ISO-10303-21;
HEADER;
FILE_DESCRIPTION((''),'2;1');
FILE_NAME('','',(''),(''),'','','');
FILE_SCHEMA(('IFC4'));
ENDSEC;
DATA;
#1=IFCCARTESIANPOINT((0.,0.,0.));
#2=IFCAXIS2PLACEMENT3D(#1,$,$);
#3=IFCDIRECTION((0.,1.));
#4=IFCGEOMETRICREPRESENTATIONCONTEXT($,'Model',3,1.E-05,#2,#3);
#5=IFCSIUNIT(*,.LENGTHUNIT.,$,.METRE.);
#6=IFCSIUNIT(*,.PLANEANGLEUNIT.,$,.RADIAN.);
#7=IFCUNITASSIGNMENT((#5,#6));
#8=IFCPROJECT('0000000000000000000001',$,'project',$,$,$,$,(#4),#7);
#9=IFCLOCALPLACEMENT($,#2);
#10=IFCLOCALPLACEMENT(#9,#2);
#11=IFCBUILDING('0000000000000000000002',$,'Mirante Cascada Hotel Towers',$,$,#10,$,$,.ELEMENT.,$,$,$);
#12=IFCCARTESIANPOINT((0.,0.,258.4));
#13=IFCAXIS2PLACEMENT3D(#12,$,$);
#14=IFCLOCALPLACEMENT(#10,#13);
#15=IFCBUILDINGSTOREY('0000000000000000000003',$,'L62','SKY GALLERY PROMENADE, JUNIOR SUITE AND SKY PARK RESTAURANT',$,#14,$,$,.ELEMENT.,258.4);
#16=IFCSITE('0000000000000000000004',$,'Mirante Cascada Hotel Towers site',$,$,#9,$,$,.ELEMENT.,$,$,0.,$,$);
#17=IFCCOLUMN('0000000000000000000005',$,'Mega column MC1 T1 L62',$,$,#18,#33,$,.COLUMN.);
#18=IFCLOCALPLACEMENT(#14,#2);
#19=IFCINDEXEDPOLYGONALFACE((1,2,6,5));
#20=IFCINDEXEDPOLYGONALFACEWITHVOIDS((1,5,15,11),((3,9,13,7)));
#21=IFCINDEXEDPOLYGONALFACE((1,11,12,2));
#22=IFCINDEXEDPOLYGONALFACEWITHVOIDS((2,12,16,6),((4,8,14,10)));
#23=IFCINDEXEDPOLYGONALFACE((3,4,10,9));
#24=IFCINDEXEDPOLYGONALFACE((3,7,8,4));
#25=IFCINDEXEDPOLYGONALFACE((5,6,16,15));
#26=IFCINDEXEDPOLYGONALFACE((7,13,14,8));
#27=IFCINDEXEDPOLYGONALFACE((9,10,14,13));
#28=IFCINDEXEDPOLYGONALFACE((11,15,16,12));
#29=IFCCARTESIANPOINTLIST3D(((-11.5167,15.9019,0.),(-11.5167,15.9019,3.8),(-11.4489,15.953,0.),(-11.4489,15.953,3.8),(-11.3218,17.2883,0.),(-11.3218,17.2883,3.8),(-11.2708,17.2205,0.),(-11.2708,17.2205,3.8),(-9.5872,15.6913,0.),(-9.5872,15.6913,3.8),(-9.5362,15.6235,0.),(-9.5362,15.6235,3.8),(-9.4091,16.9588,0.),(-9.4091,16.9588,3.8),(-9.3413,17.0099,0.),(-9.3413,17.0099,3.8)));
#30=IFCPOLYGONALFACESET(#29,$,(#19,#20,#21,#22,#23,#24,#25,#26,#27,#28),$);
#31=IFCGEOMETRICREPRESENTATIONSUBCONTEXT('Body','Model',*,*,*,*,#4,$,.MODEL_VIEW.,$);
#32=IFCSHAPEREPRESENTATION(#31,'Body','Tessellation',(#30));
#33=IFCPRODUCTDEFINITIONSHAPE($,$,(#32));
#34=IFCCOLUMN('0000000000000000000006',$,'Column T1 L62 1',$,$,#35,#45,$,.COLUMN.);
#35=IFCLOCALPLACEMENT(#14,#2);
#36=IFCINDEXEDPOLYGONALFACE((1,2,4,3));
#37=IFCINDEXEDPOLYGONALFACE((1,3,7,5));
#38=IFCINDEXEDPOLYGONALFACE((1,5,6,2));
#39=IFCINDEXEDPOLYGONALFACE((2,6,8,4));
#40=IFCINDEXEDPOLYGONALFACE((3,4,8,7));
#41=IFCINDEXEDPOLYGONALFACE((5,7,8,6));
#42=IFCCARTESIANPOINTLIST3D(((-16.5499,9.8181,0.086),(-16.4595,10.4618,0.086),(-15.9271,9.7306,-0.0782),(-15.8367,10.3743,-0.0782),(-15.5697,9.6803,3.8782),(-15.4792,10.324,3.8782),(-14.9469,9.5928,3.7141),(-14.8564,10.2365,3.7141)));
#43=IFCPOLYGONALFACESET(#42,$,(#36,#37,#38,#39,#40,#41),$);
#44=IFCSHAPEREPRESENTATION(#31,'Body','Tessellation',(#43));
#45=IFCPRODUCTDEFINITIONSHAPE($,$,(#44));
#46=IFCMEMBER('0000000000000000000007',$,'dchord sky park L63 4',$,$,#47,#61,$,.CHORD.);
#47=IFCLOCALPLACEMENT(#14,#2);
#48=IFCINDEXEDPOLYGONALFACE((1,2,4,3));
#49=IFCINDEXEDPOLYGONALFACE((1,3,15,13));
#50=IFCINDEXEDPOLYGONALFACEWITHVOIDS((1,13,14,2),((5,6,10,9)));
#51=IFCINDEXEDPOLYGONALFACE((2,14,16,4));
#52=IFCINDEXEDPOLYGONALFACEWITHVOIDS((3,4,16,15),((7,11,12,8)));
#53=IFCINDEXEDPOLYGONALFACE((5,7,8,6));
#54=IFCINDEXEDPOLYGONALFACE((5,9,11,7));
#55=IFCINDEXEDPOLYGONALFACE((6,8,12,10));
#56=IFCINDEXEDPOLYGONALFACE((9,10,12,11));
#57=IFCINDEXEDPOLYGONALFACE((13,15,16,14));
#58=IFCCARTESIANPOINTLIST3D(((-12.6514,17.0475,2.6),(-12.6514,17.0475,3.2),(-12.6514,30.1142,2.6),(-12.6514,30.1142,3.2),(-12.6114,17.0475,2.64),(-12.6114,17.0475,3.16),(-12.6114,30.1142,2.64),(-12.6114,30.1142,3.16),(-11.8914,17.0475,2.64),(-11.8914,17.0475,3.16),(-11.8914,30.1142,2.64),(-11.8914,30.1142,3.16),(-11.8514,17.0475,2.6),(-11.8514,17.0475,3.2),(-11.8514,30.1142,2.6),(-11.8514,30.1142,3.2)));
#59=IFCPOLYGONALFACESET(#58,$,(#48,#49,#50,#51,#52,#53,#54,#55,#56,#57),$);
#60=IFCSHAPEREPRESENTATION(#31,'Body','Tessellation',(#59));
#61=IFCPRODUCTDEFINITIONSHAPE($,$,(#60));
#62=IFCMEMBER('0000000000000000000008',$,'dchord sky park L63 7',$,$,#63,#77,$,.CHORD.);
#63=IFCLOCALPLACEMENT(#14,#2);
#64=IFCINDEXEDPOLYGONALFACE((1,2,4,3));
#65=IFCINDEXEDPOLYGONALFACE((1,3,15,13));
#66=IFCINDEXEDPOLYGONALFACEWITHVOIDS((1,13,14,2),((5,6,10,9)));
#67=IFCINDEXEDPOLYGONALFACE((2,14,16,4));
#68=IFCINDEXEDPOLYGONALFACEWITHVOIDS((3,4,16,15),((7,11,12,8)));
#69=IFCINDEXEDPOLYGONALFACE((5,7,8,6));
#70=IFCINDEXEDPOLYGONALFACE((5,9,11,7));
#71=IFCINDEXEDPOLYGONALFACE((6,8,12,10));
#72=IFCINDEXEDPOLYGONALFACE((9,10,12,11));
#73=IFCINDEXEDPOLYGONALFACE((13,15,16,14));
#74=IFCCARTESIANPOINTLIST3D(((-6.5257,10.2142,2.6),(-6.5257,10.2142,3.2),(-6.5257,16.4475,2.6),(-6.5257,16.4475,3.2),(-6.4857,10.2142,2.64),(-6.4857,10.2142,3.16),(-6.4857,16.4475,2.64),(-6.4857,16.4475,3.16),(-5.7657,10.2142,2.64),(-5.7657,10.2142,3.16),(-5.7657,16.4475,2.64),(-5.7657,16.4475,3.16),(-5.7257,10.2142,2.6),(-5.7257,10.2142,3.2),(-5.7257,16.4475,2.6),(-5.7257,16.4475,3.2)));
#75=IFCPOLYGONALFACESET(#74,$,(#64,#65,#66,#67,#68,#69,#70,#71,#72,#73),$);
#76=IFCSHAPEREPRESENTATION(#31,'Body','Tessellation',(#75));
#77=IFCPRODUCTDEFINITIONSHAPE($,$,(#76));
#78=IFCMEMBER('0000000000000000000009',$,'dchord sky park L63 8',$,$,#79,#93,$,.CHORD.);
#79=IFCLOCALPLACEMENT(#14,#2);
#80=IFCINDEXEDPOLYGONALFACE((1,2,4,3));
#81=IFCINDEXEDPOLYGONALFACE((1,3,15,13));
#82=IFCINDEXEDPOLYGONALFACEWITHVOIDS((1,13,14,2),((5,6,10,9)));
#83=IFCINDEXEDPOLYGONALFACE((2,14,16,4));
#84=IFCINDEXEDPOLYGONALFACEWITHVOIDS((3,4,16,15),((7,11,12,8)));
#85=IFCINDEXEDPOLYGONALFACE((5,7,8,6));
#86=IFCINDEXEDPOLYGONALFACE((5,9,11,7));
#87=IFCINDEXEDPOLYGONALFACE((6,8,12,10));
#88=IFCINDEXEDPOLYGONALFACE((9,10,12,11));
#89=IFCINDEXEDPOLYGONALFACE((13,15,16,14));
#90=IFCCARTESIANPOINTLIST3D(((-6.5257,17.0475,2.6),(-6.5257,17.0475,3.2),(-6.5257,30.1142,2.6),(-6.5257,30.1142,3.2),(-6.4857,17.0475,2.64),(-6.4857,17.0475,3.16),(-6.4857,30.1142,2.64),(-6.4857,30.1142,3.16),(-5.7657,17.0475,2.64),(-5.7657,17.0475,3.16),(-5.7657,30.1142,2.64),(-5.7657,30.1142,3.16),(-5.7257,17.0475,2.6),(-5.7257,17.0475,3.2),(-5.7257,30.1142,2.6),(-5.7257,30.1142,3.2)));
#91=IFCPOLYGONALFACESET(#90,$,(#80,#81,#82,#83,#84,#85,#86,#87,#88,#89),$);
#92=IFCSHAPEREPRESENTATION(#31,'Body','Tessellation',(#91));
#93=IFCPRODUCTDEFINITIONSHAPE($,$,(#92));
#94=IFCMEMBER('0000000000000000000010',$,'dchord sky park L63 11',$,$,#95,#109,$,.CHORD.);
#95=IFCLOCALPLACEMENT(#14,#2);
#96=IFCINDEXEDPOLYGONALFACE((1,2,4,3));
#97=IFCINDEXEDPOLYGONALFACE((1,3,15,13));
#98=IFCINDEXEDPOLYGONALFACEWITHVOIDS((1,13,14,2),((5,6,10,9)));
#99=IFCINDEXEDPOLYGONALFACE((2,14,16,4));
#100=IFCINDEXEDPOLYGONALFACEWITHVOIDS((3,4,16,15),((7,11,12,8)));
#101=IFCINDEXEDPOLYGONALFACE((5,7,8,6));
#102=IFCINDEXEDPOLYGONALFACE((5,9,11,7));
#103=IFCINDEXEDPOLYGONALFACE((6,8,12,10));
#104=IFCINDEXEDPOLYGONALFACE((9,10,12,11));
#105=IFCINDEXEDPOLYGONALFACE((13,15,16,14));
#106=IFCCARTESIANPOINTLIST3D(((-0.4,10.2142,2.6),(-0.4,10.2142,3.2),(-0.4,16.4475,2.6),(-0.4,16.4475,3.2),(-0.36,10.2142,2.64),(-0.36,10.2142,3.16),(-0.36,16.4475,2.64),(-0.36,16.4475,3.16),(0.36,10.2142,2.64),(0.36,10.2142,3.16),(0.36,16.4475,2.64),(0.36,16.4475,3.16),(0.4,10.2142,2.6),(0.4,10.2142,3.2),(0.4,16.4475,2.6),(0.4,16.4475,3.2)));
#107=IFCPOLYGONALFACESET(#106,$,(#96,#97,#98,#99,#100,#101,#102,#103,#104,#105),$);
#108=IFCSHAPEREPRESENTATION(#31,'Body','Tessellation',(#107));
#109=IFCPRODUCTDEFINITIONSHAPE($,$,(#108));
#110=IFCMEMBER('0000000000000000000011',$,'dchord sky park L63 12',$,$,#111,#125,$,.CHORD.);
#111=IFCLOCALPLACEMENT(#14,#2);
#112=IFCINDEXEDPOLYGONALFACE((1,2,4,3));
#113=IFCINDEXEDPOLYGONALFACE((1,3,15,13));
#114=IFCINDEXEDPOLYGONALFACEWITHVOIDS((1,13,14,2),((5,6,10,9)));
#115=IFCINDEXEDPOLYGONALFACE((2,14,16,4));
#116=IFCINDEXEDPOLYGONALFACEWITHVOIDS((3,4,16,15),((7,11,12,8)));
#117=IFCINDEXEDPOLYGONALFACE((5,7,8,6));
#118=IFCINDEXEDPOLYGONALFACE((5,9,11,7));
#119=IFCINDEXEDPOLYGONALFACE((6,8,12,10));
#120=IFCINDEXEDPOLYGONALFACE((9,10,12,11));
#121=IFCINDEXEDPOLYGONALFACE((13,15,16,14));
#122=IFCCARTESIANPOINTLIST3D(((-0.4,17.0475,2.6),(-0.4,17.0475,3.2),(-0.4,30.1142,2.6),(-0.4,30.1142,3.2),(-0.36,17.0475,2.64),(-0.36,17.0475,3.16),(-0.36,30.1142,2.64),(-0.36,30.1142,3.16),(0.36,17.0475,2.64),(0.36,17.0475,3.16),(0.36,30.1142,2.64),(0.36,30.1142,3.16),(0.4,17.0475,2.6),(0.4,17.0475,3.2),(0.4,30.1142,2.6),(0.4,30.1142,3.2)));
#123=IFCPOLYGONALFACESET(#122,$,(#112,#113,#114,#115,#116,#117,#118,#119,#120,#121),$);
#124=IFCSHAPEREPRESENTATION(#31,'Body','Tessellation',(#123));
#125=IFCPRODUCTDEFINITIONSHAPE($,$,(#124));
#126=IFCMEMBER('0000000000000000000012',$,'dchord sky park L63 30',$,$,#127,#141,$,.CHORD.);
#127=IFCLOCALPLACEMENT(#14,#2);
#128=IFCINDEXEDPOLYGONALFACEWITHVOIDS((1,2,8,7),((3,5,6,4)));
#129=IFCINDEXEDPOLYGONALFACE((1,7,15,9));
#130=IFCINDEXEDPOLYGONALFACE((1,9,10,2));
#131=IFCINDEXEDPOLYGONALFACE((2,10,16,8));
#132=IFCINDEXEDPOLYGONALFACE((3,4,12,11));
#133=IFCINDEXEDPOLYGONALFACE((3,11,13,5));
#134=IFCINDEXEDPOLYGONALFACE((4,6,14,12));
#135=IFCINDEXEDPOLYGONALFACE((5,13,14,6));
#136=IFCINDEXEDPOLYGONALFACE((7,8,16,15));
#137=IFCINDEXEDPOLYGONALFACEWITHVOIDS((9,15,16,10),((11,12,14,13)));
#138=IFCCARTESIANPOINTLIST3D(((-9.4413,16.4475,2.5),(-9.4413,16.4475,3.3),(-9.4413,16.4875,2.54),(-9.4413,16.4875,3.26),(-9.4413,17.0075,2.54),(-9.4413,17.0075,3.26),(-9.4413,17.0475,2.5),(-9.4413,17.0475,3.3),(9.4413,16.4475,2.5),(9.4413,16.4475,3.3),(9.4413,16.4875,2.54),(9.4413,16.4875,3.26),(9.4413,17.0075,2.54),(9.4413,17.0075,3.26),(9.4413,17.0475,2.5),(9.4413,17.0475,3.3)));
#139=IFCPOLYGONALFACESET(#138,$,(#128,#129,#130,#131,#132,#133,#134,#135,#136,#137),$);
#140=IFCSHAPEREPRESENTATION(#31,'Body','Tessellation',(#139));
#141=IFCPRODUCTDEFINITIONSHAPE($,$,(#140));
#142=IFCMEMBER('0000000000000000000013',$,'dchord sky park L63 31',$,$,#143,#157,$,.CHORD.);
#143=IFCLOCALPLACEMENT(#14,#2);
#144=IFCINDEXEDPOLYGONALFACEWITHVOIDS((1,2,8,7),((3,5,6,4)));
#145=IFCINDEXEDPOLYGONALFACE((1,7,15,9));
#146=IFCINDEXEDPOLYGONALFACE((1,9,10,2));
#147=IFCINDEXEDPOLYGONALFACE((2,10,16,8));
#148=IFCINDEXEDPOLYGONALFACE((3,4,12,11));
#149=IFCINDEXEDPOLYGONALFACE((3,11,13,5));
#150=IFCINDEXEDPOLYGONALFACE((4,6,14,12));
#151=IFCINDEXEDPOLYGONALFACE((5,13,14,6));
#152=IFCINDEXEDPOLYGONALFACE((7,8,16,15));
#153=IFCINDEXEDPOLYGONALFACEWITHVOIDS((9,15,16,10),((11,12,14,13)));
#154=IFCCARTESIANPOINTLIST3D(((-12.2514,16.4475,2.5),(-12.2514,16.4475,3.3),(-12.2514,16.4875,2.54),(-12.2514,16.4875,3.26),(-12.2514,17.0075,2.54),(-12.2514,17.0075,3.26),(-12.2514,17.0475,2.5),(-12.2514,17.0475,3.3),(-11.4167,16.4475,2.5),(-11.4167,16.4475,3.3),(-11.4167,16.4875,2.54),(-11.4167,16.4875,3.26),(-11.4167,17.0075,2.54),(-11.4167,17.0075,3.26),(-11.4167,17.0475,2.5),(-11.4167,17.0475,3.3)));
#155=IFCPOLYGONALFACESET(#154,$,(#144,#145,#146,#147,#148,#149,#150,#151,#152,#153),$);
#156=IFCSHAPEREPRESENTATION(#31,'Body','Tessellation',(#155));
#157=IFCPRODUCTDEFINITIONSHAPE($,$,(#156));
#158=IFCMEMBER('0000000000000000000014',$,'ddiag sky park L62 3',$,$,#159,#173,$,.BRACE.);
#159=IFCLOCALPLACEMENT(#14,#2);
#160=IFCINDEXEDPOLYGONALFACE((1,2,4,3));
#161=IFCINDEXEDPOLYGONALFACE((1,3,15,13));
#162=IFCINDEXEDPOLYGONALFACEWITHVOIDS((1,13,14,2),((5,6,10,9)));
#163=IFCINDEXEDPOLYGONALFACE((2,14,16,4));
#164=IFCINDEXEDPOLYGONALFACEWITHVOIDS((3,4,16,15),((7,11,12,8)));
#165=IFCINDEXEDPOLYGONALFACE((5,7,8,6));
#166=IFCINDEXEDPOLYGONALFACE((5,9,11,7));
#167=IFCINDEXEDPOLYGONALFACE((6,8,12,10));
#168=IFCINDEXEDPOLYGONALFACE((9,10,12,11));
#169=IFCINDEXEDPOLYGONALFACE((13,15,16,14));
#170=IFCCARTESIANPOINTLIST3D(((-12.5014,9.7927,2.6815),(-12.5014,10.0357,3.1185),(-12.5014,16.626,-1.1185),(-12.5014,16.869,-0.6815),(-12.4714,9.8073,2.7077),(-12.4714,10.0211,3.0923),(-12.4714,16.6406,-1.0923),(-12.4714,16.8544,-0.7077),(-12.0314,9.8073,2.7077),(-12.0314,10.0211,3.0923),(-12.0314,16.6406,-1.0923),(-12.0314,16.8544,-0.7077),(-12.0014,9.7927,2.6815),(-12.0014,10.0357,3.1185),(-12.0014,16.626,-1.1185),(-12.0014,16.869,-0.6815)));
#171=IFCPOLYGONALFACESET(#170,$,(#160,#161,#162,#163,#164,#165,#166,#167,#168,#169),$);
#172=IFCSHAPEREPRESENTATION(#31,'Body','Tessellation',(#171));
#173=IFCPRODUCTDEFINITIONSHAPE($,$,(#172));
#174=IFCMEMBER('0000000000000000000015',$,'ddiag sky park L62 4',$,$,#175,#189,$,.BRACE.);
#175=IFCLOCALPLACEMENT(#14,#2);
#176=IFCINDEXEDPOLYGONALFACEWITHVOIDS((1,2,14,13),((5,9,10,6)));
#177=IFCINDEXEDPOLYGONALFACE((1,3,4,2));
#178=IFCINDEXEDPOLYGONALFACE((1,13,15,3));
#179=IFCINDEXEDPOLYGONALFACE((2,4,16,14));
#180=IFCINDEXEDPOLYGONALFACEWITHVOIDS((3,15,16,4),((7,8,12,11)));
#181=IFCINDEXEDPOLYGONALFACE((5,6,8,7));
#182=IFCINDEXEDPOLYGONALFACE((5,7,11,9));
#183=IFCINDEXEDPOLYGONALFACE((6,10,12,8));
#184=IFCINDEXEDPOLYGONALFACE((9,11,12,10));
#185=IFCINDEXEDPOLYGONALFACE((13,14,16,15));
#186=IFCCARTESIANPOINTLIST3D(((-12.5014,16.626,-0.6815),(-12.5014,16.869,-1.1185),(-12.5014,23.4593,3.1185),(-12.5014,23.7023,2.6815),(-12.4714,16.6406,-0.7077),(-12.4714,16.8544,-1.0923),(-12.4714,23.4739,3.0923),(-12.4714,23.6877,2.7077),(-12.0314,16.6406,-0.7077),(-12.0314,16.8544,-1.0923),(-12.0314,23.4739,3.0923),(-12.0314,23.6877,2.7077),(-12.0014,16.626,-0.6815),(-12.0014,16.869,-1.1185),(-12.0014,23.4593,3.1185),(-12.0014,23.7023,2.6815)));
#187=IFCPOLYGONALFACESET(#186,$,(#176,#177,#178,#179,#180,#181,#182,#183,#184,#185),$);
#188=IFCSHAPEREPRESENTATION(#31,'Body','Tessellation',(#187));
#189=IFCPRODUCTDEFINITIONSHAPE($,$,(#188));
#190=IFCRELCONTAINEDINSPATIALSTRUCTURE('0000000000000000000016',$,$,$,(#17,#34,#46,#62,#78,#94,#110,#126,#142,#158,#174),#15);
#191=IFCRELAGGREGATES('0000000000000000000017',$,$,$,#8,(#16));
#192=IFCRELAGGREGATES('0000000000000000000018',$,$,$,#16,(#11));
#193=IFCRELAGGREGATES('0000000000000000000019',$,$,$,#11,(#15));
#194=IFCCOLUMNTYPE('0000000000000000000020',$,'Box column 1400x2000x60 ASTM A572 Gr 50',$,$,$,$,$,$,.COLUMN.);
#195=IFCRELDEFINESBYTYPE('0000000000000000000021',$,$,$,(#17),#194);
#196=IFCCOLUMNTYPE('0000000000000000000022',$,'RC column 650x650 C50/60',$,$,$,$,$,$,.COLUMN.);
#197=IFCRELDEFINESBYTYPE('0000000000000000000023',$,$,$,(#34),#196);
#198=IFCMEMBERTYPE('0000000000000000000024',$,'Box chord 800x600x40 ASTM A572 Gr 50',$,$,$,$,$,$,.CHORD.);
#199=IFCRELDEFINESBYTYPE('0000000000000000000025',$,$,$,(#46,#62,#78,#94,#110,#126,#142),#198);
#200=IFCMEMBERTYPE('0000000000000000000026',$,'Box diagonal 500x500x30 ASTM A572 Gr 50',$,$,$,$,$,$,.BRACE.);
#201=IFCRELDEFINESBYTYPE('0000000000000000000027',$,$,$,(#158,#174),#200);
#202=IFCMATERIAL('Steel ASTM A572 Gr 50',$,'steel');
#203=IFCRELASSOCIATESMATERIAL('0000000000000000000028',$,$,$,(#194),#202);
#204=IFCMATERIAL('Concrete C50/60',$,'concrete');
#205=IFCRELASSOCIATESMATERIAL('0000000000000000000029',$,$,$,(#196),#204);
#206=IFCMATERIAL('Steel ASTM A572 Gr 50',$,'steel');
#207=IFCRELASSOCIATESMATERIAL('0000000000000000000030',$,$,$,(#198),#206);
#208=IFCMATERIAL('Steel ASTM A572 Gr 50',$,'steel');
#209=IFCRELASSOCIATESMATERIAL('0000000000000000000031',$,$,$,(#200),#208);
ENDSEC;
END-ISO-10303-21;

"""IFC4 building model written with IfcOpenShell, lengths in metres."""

from ifc_helpers import new_model, si_unit, direction, frame, origin, origin_2d, place, context, subcontext, project, spatial, rectangle, hollow_rectangle, extrude, material, material_profile, profile_set, type_object, element, save


model = new_model("IFC4")

# Units and contexts
model_context = context("Model", 3, precision=1e-05, world=origin(), true_north=direction((0.0, 1.0)))
body_context = subcontext(model_context, "Body", "Model", "MODEL_VIEW")
ifc_project = project(units=[si_unit("LENGTHUNIT", "METRE"), si_unit("PLANEANGLEUNIT", "RADIAN")], contexts=[model_context])

# Site, building, storey
site_placement = place(None, origin())
site = spatial("IfcSite", under=ifc_project, at=site_placement, Name="Mirante Cascada Hotel Towers site", CompositionType="ELEMENT", RefElevation=0.0)
building_placement = place(site_placement, origin())
building = spatial("IfcBuilding", under=site, at=building_placement, Name="Mirante Cascada Hotel Towers", CompositionType="ELEMENT")
storey_placement = place(building_placement, frame((0.0, 0.0, 258.4)))
storey = spatial("IfcBuildingStorey", under=building, at=storey_placement, Name="L62", Description="SKY GALLERY PROMENADE, JUNIOR SUITE AND SKY PARK RESTAURANT", CompositionType="ELEMENT", Elevation=258.4)

# Columns
ifc_material_1 = material(Name="Steel ASTM A572 Gr 50", Category="steel")
ifc_material_profile_1 = material_profile(ifc_material_1, hollow_rectangle(XDim=2.0, YDim=1.4, WallThickness=0.06, at=origin_2d()), Name="Box column 1400x2000x60 ASTM A572 Gr 50")
ifc_profile_set_1 = profile_set([ifc_material_profile_1], Name="Steel ASTM A572 Gr 50")
column_type_1 = type_object("IfcColumnType", Name="Box column 1400x2000x60 ASTM A572 Gr 50", PredefinedType="COLUMN", material=ifc_profile_set_1)
column_1_placement = place(storey_placement, frame((-10.429, 16.4559, 0.0), z_axis=(0.0, 0.0, 1.0), x_axis=(-0.990268, 0.139173, 0.0)))
element("IfcColumn", 1, at=column_1_placement, inside=storey, type_object=column_type_1, Name="Mega column MC1 T1 L62", PredefinedType="COLUMN", context=body_context, shape_type="SweptSolid", body=[
    extrude(hollow_rectangle(XDim=2.0, YDim=1.4, WallThickness=0.06, at=origin_2d()), origin(), (0.0, 0.0, 1.0), 3.8),
])
ifc_material_2 = material(Name="Concrete C50/60", Category="concrete")
ifc_material_profile_2 = material_profile(ifc_material_2, rectangle(XDim=0.65, YDim=0.65, at=origin_2d()), Name="RC column 650x650 C50/60")
ifc_profile_set_2 = profile_set([ifc_material_profile_2], Name="Concrete C50/60")
column_type_2 = type_object("IfcColumnType", Name="RC column 650x650 C50/60", PredefinedType="COLUMN", material=ifc_profile_set_2)
column_2_placement = place(storey_placement, frame((-16.1933, 10.0962, 0.0039), z_axis=(0.250099, -0.03516, 0.967582), x_axis=(0.139215, 0.990262, 0.0)))
element("IfcColumn", 2, at=column_2_placement, inside=storey, type_object=column_type_2, Name="Column T1 L62 1", PredefinedType="COLUMN", context=body_context, shape_type="SweptSolid", body=[
    extrude(rectangle(XDim=0.65, YDim=0.65, at=origin_2d()), origin(), (0.0, 0.0, 1.0), 3.9193),
])

# Members
ifc_material_3 = material(Name="Steel ASTM A572 Gr 50", Category="steel")
ifc_material_profile_3 = material_profile(ifc_material_3, hollow_rectangle(XDim=0.6, YDim=0.8, WallThickness=0.04, at=origin_2d()), Name="Box chord 800x600x40 ASTM A572 Gr 50")
ifc_profile_set_3 = profile_set([ifc_material_profile_3], Name="Steel ASTM A572 Gr 50")
member_type_1 = type_object("IfcMemberType", Name="Box chord 800x600x40 ASTM A572 Gr 50", PredefinedType="CHORD", material=ifc_profile_set_3)
member_1_placement = place(storey_placement, frame((-12.2514, 17.0475, 2.9), z_axis=(0.0, 1.0, 0.0), x_axis=(0.0, 0.0, 1.0)))
element("IfcMember", 3, at=member_1_placement, inside=storey, type_object=member_type_1, Name="dchord sky park L63 4", PredefinedType="CHORD", context=body_context, shape_type="SweptSolid", body=[
    extrude(hollow_rectangle(XDim=0.6, YDim=0.8, WallThickness=0.04, at=origin_2d()), origin(), (0.0, 0.0, 1.0), 13.0667),
])
member_2_placement = place(storey_placement, frame((-6.1257, 10.2142, 2.9), z_axis=(0.0, 1.0, 0.0), x_axis=(0.0, 0.0, 1.0)))
element("IfcMember", 4, at=member_2_placement, inside=storey, type_object=member_type_1, Name="dchord sky park L63 7", PredefinedType="CHORD", context=body_context, shape_type="SweptSolid", body=[
    extrude(hollow_rectangle(XDim=0.6, YDim=0.8, WallThickness=0.04, at=origin_2d()), origin(), (0.0, 0.0, 1.0), 6.2333),
])
member_3_placement = place(storey_placement, frame((-6.1257, 17.0475, 2.9), z_axis=(0.0, 1.0, 0.0), x_axis=(0.0, 0.0, 1.0)))
element("IfcMember", 5, at=member_3_placement, inside=storey, type_object=member_type_1, Name="dchord sky park L63 8", PredefinedType="CHORD", context=body_context, shape_type="SweptSolid", body=[
    extrude(hollow_rectangle(XDim=0.6, YDim=0.8, WallThickness=0.04, at=origin_2d()), origin(), (0.0, 0.0, 1.0), 13.0667),
])
member_4_placement = place(storey_placement, frame((0.0, 10.2142, 2.9), z_axis=(0.0, 1.0, 0.0), x_axis=(0.0, 0.0, 1.0)))
element("IfcMember", 6, at=member_4_placement, inside=storey, type_object=member_type_1, Name="dchord sky park L63 11", PredefinedType="CHORD", context=body_context, shape_type="SweptSolid", body=[
    extrude(hollow_rectangle(XDim=0.6, YDim=0.8, WallThickness=0.04, at=origin_2d()), origin(), (0.0, 0.0, 1.0), 6.2333),
])
member_5_placement = place(storey_placement, frame((0.0, 17.0475, 2.9), z_axis=(0.0, 1.0, 0.0), x_axis=(0.0, 0.0, 1.0)))
element("IfcMember", 7, at=member_5_placement, inside=storey, type_object=member_type_1, Name="dchord sky park L63 12", PredefinedType="CHORD", context=body_context, shape_type="SweptSolid", body=[
    extrude(hollow_rectangle(XDim=0.6, YDim=0.8, WallThickness=0.04, at=origin_2d()), origin(), (0.0, 0.0, 1.0), 13.0667),
])
member_6_placement = place(storey_placement, frame((-9.4413, 16.7475, 2.9), z_axis=(1.0, 0.0, 0.0), x_axis=(0.0, 1.0, 0.0)))
element("IfcMember", 8, at=member_6_placement, inside=storey, type_object=member_type_1, Name="dchord sky park L63 30", PredefinedType="CHORD", context=body_context, shape_type="SweptSolid", body=[
    extrude(hollow_rectangle(XDim=0.6, YDim=0.8, WallThickness=0.04, at=origin_2d()), origin(), (0.0, 0.0, 1.0), 18.8826),
])
member_7_placement = place(storey_placement, frame((-12.2514, 16.7475, 2.9), z_axis=(1.0, 0.0, 0.0), x_axis=(0.0, 1.0, 0.0)))
element("IfcMember", 9, at=member_7_placement, inside=storey, type_object=member_type_1, Name="dchord sky park L63 31", PredefinedType="CHORD", context=body_context, shape_type="SweptSolid", body=[
    extrude(hollow_rectangle(XDim=0.6, YDim=0.8, WallThickness=0.04, at=origin_2d()), origin(), (0.0, 0.0, 1.0), 0.8347),
])
ifc_material_4 = material(Name="Steel ASTM A572 Gr 50", Category="steel")
ifc_material_profile_4 = material_profile(ifc_material_4, hollow_rectangle(XDim=0.5, YDim=0.5, WallThickness=0.03, at=origin_2d()), Name="Box diagonal 500x500x30 ASTM A572 Gr 50")
ifc_profile_set_4 = profile_set([ifc_material_profile_4], Name="Steel ASTM A572 Gr 50")
member_type_2 = type_object("IfcMemberType", Name="Box diagonal 500x500x30 ASTM A572 Gr 50", PredefinedType="BRACE", material=ifc_profile_set_4)
for number, where, z_axis, x_axis, name in (
    (10, (-12.2514, 16.7475, -0.9), (0.0, -0.873955, 0.486007), (1.0, 0.0, 0.0), "ddiag sky park L62 3"),
    (11, (-12.2514, 16.7475, -0.9), (0.0, 0.873955, 0.486007), (-1.0, 0.0, 0.0), "ddiag sky park L62 4"),
):
    element("IfcMember", number, at=place(storey_placement, frame(where, z_axis=z_axis, x_axis=x_axis)), inside=storey, type_object=member_type_2, Name=name, PredefinedType="BRACE", context=body_context, shape_type="SweptSolid", body=[
        extrude(hollow_rectangle(XDim=0.5, YDim=0.5, WallThickness=0.03, at=origin_2d()), origin(), (0.0, 0.0, 1.0), 7.8188),
    ])

save(model, "model.ifc")
